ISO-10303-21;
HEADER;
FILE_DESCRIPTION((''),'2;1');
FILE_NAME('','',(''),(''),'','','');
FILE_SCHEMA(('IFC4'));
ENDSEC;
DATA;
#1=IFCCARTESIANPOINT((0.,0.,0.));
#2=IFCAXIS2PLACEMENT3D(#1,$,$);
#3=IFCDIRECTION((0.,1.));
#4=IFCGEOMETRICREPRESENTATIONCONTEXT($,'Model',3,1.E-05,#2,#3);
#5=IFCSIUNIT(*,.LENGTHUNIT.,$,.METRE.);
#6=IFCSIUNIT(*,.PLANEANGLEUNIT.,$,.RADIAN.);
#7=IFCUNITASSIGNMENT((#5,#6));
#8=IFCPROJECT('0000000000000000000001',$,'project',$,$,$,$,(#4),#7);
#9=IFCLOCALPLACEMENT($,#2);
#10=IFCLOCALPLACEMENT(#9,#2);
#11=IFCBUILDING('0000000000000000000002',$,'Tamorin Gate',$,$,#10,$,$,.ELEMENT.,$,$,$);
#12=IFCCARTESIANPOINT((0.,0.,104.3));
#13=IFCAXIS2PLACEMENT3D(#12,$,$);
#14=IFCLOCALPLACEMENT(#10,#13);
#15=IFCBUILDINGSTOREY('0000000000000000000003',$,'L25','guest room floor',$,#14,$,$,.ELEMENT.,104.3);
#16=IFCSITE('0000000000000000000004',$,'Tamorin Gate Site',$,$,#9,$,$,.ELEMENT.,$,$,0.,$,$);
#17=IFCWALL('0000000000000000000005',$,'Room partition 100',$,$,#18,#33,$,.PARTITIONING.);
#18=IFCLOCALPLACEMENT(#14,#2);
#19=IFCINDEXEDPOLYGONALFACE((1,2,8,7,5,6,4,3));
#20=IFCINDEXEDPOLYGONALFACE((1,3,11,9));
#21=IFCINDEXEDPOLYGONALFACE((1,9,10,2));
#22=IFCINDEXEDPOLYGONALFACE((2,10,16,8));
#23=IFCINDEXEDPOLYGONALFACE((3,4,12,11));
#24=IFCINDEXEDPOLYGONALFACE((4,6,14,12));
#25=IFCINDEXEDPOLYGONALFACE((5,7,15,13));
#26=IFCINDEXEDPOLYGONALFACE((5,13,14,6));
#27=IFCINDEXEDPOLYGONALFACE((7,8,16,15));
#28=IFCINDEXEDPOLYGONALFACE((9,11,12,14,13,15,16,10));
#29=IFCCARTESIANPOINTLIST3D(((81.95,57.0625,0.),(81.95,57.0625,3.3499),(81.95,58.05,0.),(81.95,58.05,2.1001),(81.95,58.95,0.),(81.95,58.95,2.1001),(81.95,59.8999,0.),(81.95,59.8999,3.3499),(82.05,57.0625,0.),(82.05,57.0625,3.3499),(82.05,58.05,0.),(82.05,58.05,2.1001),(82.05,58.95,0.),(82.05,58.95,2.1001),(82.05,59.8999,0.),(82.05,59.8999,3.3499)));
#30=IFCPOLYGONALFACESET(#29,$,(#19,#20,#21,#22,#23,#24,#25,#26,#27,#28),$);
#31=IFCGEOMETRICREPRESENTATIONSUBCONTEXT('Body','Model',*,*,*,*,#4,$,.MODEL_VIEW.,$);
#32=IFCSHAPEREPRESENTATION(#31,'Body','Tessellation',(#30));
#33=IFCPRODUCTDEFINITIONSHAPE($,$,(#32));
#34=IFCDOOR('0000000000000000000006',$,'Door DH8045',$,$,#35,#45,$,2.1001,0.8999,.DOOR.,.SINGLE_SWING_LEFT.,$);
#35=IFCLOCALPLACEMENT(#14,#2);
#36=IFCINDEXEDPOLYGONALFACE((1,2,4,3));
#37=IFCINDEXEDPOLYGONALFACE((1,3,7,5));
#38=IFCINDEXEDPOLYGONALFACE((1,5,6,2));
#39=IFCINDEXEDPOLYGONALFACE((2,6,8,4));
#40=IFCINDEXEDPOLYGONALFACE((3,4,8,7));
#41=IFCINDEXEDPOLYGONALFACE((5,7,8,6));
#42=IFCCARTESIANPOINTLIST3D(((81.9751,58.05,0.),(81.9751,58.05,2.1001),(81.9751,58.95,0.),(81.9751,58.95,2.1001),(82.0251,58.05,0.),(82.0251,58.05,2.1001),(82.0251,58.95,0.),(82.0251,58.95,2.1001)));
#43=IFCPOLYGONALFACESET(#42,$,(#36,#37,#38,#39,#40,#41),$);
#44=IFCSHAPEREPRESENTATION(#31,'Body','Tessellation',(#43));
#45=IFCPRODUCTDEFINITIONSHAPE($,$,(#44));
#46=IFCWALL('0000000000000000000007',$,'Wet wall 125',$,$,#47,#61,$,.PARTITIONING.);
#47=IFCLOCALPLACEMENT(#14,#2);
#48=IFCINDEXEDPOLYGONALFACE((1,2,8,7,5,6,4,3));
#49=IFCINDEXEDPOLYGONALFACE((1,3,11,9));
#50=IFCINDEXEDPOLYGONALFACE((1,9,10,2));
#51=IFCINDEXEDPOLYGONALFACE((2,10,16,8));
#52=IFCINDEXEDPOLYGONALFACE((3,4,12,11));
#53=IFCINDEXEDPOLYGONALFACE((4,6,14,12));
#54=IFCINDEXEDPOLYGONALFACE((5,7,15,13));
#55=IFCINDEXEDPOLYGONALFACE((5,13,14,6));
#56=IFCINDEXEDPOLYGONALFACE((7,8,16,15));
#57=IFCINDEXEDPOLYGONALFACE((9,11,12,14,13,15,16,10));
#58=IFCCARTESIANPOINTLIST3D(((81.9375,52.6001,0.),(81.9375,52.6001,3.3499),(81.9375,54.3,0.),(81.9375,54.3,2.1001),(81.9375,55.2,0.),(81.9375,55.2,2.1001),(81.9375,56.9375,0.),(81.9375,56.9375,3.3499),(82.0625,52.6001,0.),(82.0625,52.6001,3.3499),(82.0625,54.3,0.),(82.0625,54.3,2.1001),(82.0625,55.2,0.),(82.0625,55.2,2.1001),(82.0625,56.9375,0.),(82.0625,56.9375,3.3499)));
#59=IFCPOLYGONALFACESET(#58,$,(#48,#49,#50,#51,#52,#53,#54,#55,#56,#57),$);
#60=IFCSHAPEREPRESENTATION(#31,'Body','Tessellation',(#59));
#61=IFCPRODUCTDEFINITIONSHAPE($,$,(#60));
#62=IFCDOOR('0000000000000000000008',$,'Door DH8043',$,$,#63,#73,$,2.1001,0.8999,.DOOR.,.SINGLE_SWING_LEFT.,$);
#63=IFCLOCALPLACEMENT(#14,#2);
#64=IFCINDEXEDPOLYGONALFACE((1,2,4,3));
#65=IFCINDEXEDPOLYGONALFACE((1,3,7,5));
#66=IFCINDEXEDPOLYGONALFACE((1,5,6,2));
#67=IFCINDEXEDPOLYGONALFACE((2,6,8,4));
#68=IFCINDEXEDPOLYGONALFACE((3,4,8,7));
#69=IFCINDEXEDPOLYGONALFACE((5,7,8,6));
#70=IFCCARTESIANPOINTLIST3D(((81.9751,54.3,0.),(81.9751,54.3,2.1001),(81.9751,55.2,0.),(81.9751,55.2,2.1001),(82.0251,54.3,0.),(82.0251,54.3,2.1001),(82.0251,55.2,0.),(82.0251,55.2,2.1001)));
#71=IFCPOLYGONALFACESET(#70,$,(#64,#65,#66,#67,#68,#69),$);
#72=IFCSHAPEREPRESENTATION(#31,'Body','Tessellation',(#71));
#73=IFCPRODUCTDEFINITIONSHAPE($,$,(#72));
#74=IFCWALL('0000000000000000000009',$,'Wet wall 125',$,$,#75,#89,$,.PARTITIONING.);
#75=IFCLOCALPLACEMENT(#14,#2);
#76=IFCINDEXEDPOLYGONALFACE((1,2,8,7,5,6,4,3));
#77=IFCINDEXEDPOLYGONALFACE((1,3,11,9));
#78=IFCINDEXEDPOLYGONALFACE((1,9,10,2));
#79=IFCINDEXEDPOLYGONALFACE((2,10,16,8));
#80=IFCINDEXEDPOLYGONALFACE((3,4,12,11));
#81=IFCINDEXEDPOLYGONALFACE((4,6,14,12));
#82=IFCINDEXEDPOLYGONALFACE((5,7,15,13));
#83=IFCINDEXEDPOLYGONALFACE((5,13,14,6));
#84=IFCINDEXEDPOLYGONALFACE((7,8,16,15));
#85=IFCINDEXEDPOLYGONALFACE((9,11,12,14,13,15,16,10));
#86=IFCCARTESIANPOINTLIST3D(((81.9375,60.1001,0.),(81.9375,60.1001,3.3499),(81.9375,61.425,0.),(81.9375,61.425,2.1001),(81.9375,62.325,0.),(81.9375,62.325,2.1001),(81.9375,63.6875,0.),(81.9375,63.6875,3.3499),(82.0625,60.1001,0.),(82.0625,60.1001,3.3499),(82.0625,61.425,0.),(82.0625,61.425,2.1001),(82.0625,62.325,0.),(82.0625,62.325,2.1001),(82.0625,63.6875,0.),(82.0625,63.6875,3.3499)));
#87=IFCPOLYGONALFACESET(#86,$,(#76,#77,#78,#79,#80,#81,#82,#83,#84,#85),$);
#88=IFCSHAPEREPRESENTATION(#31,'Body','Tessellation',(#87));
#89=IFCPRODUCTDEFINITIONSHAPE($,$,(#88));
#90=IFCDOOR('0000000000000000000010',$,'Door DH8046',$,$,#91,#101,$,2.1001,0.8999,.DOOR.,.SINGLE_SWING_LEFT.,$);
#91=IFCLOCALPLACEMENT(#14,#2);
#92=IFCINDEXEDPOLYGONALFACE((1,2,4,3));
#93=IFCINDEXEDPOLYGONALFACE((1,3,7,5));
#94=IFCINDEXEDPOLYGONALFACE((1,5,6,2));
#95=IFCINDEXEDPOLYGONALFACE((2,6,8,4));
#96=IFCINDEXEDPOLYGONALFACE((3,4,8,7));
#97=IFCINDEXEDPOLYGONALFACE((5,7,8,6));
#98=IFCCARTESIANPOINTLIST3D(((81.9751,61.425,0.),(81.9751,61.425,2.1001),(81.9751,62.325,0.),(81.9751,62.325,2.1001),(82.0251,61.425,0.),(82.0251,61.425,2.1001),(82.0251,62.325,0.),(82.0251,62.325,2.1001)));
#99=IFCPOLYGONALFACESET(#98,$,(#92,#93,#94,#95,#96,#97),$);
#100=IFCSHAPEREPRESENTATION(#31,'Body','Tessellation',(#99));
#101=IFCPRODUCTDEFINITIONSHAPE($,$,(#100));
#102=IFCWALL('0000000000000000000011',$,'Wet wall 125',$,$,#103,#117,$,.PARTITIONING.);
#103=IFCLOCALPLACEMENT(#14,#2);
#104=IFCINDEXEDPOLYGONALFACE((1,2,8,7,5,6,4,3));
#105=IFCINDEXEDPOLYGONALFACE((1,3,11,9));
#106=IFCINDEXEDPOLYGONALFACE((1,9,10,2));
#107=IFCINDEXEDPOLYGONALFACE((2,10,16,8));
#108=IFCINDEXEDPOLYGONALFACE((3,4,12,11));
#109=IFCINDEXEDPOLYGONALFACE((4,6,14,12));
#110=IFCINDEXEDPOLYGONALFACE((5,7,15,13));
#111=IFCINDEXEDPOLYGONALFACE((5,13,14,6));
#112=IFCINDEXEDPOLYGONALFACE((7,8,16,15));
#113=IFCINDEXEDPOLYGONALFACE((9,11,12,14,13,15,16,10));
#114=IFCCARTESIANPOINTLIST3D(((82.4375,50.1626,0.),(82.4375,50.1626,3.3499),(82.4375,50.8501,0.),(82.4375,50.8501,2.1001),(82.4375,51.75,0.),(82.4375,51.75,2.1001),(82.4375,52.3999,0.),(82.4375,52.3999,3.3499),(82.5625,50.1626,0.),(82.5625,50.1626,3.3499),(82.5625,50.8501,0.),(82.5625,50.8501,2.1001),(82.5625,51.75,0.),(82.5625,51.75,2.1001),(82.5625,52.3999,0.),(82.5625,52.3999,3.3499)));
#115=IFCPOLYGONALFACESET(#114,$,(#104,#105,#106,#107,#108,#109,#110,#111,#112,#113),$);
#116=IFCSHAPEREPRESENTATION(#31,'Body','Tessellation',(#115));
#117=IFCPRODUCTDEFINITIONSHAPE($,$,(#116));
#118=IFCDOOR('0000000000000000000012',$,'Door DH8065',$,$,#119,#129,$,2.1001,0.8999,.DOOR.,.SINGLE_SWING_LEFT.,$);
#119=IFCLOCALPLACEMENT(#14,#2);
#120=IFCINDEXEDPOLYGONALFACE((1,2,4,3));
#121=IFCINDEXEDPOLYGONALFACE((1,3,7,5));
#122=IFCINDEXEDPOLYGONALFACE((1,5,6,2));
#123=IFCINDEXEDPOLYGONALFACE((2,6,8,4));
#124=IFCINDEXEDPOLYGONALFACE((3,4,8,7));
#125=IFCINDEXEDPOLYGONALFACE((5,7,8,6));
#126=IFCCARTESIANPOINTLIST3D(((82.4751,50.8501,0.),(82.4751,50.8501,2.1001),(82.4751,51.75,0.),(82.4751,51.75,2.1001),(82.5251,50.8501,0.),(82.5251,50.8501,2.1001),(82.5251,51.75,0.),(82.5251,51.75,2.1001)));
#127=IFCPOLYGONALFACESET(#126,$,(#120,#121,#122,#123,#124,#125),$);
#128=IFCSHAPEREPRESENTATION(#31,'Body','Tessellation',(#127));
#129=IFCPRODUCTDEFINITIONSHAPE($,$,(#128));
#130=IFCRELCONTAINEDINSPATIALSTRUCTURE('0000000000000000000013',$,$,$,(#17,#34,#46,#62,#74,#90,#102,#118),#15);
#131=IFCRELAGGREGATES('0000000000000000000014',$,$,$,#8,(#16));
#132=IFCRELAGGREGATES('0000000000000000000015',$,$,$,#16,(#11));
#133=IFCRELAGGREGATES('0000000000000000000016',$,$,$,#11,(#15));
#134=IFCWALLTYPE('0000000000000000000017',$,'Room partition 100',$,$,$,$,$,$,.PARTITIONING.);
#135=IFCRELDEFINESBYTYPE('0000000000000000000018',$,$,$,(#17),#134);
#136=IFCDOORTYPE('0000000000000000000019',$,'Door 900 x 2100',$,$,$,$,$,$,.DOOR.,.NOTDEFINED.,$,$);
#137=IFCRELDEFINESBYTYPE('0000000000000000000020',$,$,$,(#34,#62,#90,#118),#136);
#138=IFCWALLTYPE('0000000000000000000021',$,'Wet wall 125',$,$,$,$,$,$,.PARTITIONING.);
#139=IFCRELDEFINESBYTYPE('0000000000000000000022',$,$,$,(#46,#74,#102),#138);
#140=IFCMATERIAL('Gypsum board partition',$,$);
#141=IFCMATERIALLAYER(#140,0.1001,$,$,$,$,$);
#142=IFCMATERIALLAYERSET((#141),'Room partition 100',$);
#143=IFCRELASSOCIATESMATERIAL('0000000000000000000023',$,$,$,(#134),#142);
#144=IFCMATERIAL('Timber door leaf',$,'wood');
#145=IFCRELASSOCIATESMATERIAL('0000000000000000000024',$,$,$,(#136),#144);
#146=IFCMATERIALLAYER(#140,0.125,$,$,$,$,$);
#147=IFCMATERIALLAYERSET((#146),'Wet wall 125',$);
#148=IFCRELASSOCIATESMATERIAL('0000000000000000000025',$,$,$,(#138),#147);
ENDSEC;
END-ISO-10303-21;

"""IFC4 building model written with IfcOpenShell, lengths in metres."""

from ifc_helpers import new_model, si_unit, direction, frame, frame_2d, origin, place, context, subcontext, project, spatial, rectangle, extrude, material, layer, layer_set, type_object, element, fill, save


model = new_model("IFC4")

# Units and contexts
model_context = context("Model", 3, precision=1e-05, world=origin(), true_north=direction((0.0, 1.0)))
body_context = subcontext(model_context, "Body", "Model", "MODEL_VIEW")
ifc_project = project(units=[si_unit("LENGTHUNIT", "METRE"), si_unit("PLANEANGLEUNIT", "RADIAN")], contexts=[model_context])

# Site, building, storey
site_placement = place(None, origin())
site = spatial("IfcSite", under=ifc_project, at=site_placement, Name="Tamorin Gate Site", CompositionType="ELEMENT", RefElevation=0.0)
building_placement = place(site_placement, origin())
building = spatial("IfcBuilding", under=site, at=building_placement, Name="Tamorin Gate", CompositionType="ELEMENT")
storey_placement = place(building_placement, frame((0.0, 0.0, 104.3)))
storey = spatial("IfcBuildingStorey", under=building, at=storey_placement, Name="L25", Description="guest room floor", CompositionType="ELEMENT", Elevation=104.3)

# Walls, openings, doors
ifc_material_1 = material(Name="Gypsum board partition")
ifc_layer_1 = layer(ifc_material_1, 0.1001)
ifc_layer_set_1 = layer_set([ifc_layer_1], Name="Room partition 100")
wall_type_1 = type_object("IfcWallType", Name="Room partition 100", PredefinedType="PARTITIONING", material=ifc_layer_set_1)
wall_1_placement = place(storey_placement, frame((82.0, 57.0625, 0.0), z_axis=(0.0, 0.0, 1.0), x_axis=(0.0, 1.0, 0.0)))
wall_1 = element("IfcWall", 1, at=wall_1_placement, inside=storey, type_object=wall_type_1, Name="Room partition 100", PredefinedType="PARTITIONING", context=body_context, shape_type="SweptSolid", body=[
    extrude(rectangle(XDim=2.8374, YDim=0.1001, at=frame_2d((1.4187, 0.0))), origin(), (0.0, 0.0, 1.0), 3.3499),
])
opening_1_placement = place(wall_1_placement, frame((0.9875, 0.0, 0.0)))
opening_1 = element("IfcOpeningElement", 2, at=opening_1_placement, cuts=wall_1, PredefinedType="OPENING", context=body_context, shape_type="SweptSolid", body=[
    extrude(rectangle(XDim=0.8999, YDim=2.1001, at=frame_2d((0.45, 1.05))), frame((0.0, 0.0601, 0.0), z_axis=(0.0, -1.0, 0.0), x_axis=(1.0, 0.0, 0.0)), (0.0, 0.0, 1.0), 0.1201),
])
ifc_material_2 = material(Name="Timber door leaf", Category="wood")
door_type = type_object("IfcDoorType", Name="Door 900 x 2100", OperationType="NOTDEFINED", PredefinedType="DOOR", material=ifc_material_2)
door_1_placement = place(opening_1_placement, origin())
door_1 = element("IfcDoor", 3, at=door_1_placement, inside=storey, type_object=door_type, Name="Door DH8045", OperationType="SINGLE_SWING_LEFT", OverallHeight=2.1001, OverallWidth=0.8999, PredefinedType="DOOR", context=body_context, shape_type="SweptSolid", body=[
    extrude(rectangle(XDim=0.8999, YDim=2.1001, at=frame_2d((0.45, 1.05))), frame((0.0, 0.0249, 0.0), z_axis=(0.0, -1.0, 0.0), x_axis=(1.0, 0.0, 0.0)), (0.0, 0.0, 1.0), 0.05),
])
fill(opening_1, door_1)
ifc_layer_2 = layer(ifc_material_1, 0.125)
ifc_layer_set_2 = layer_set([ifc_layer_2], Name="Wet wall 125")
wall_type_2 = type_object("IfcWallType", Name="Wet wall 125", PredefinedType="PARTITIONING", material=ifc_layer_set_2)
wall_2_placement = place(storey_placement, frame((82.0, 52.6001, 0.0), z_axis=(0.0, 0.0, 1.0), x_axis=(0.0, 1.0, 0.0)))
wall_2 = element("IfcWall", 4, at=wall_2_placement, inside=storey, type_object=wall_type_2, Name="Wet wall 125", PredefinedType="PARTITIONING", context=body_context, shape_type="SweptSolid", body=[
    extrude(rectangle(XDim=4.3374, YDim=0.125, at=frame_2d((2.1687, 0.0))), origin(), (0.0, 0.0, 1.0), 3.3499),
])
opening_2_placement = place(wall_2_placement, frame((1.7, 0.0, 0.0)))
opening_2 = element("IfcOpeningElement", 5, at=opening_2_placement, cuts=wall_2, PredefinedType="OPENING", context=body_context, shape_type="SweptSolid", body=[
    extrude(rectangle(XDim=0.8999, YDim=2.1001, at=frame_2d((0.45, 1.05))), frame((0.0, 0.0725, 0.0), z_axis=(0.0, -1.0, 0.0), x_axis=(1.0, 0.0, 0.0)), (0.0, 0.0, 1.0), 0.145),
])
door_2_placement = place(opening_2_placement, origin())
door_2 = element("IfcDoor", 6, at=door_2_placement, inside=storey, type_object=door_type, Name="Door DH8043", OperationType="SINGLE_SWING_LEFT", OverallHeight=2.1001, OverallWidth=0.8999, PredefinedType="DOOR", context=body_context, shape_type="SweptSolid", body=[
    extrude(rectangle(XDim=0.8999, YDim=2.1001, at=frame_2d((0.45, 1.05))), frame((0.0, 0.0249, 0.0), z_axis=(0.0, -1.0, 0.0), x_axis=(1.0, 0.0, 0.0)), (0.0, 0.0, 1.0), 0.05),
])
fill(opening_2, door_2)
wall_3_placement = place(storey_placement, frame((82.0, 60.1001, 0.0), z_axis=(0.0, 0.0, 1.0), x_axis=(0.0, 1.0, 0.0)))
wall_3 = element("IfcWall", 7, at=wall_3_placement, inside=storey, type_object=wall_type_2, Name="Wet wall 125", PredefinedType="PARTITIONING", context=body_context, shape_type="SweptSolid", body=[
    extrude(rectangle(XDim=3.5874, YDim=0.125, at=frame_2d((1.7937, 0.0))), origin(), (0.0, 0.0, 1.0), 3.3499),
])
opening_3_placement = place(wall_3_placement, frame((1.325, 0.0, 0.0)))
opening_3 = element("IfcOpeningElement", 8, at=opening_3_placement, cuts=wall_3, PredefinedType="OPENING", context=body_context, shape_type="SweptSolid", body=[
    extrude(rectangle(XDim=0.8999, YDim=2.1001, at=frame_2d((0.45, 1.05))), frame((0.0, 0.0725, 0.0), z_axis=(0.0, -1.0, 0.0), x_axis=(1.0, 0.0, 0.0)), (0.0, 0.0, 1.0), 0.145),
])
door_3_placement = place(opening_3_placement, origin())
door_3 = element("IfcDoor", 9, at=door_3_placement, inside=storey, type_object=door_type, Name="Door DH8046", OperationType="SINGLE_SWING_LEFT", OverallHeight=2.1001, OverallWidth=0.8999, PredefinedType="DOOR", context=body_context, shape_type="SweptSolid", body=[
    extrude(rectangle(XDim=0.8999, YDim=2.1001, at=frame_2d((0.45, 1.05))), frame((0.0, 0.0249, 0.0), z_axis=(0.0, -1.0, 0.0), x_axis=(1.0, 0.0, 0.0)), (0.0, 0.0, 1.0), 0.05),
])
fill(opening_3, door_3)
wall_4_placement = place(storey_placement, frame((82.5, 50.1626, 0.0), z_axis=(0.0, 0.0, 1.0), x_axis=(0.0, 1.0, 0.0)))
wall_4 = element("IfcWall", 10, at=wall_4_placement, inside=storey, type_object=wall_type_2, Name="Wet wall 125", PredefinedType="PARTITIONING", context=body_context, shape_type="SweptSolid", body=[
    extrude(rectangle(XDim=2.2373, YDim=0.125, at=frame_2d((1.1187, 0.0))), origin(), (0.0, 0.0, 1.0), 3.3499),
])
opening_4_placement = place(wall_4_placement, frame((0.6875, 0.0, 0.0)))
opening_4 = element("IfcOpeningElement", 11, at=opening_4_placement, cuts=wall_4, PredefinedType="OPENING", context=body_context, shape_type="SweptSolid", body=[
    extrude(rectangle(XDim=0.8999, YDim=2.1001, at=frame_2d((0.45, 1.05))), frame((0.0, 0.0725, 0.0), z_axis=(0.0, -1.0, 0.0), x_axis=(1.0, 0.0, 0.0)), (0.0, 0.0, 1.0), 0.145),
])
door_4_placement = place(opening_4_placement, origin())
door_4 = element("IfcDoor", 12, at=door_4_placement, inside=storey, type_object=door_type, Name="Door DH8065", OperationType="SINGLE_SWING_LEFT", OverallHeight=2.1001, OverallWidth=0.8999, PredefinedType="DOOR", context=body_context, shape_type="SweptSolid", body=[
    extrude(rectangle(XDim=0.8999, YDim=2.1001, at=frame_2d((0.45, 1.05))), frame((0.0, 0.0249, 0.0), z_axis=(0.0, -1.0, 0.0), x_axis=(1.0, 0.0, 0.0)), (0.0, 0.0, 1.0), 0.05),
])
fill(opening_4, door_4)

save(model, "model.ifc")
